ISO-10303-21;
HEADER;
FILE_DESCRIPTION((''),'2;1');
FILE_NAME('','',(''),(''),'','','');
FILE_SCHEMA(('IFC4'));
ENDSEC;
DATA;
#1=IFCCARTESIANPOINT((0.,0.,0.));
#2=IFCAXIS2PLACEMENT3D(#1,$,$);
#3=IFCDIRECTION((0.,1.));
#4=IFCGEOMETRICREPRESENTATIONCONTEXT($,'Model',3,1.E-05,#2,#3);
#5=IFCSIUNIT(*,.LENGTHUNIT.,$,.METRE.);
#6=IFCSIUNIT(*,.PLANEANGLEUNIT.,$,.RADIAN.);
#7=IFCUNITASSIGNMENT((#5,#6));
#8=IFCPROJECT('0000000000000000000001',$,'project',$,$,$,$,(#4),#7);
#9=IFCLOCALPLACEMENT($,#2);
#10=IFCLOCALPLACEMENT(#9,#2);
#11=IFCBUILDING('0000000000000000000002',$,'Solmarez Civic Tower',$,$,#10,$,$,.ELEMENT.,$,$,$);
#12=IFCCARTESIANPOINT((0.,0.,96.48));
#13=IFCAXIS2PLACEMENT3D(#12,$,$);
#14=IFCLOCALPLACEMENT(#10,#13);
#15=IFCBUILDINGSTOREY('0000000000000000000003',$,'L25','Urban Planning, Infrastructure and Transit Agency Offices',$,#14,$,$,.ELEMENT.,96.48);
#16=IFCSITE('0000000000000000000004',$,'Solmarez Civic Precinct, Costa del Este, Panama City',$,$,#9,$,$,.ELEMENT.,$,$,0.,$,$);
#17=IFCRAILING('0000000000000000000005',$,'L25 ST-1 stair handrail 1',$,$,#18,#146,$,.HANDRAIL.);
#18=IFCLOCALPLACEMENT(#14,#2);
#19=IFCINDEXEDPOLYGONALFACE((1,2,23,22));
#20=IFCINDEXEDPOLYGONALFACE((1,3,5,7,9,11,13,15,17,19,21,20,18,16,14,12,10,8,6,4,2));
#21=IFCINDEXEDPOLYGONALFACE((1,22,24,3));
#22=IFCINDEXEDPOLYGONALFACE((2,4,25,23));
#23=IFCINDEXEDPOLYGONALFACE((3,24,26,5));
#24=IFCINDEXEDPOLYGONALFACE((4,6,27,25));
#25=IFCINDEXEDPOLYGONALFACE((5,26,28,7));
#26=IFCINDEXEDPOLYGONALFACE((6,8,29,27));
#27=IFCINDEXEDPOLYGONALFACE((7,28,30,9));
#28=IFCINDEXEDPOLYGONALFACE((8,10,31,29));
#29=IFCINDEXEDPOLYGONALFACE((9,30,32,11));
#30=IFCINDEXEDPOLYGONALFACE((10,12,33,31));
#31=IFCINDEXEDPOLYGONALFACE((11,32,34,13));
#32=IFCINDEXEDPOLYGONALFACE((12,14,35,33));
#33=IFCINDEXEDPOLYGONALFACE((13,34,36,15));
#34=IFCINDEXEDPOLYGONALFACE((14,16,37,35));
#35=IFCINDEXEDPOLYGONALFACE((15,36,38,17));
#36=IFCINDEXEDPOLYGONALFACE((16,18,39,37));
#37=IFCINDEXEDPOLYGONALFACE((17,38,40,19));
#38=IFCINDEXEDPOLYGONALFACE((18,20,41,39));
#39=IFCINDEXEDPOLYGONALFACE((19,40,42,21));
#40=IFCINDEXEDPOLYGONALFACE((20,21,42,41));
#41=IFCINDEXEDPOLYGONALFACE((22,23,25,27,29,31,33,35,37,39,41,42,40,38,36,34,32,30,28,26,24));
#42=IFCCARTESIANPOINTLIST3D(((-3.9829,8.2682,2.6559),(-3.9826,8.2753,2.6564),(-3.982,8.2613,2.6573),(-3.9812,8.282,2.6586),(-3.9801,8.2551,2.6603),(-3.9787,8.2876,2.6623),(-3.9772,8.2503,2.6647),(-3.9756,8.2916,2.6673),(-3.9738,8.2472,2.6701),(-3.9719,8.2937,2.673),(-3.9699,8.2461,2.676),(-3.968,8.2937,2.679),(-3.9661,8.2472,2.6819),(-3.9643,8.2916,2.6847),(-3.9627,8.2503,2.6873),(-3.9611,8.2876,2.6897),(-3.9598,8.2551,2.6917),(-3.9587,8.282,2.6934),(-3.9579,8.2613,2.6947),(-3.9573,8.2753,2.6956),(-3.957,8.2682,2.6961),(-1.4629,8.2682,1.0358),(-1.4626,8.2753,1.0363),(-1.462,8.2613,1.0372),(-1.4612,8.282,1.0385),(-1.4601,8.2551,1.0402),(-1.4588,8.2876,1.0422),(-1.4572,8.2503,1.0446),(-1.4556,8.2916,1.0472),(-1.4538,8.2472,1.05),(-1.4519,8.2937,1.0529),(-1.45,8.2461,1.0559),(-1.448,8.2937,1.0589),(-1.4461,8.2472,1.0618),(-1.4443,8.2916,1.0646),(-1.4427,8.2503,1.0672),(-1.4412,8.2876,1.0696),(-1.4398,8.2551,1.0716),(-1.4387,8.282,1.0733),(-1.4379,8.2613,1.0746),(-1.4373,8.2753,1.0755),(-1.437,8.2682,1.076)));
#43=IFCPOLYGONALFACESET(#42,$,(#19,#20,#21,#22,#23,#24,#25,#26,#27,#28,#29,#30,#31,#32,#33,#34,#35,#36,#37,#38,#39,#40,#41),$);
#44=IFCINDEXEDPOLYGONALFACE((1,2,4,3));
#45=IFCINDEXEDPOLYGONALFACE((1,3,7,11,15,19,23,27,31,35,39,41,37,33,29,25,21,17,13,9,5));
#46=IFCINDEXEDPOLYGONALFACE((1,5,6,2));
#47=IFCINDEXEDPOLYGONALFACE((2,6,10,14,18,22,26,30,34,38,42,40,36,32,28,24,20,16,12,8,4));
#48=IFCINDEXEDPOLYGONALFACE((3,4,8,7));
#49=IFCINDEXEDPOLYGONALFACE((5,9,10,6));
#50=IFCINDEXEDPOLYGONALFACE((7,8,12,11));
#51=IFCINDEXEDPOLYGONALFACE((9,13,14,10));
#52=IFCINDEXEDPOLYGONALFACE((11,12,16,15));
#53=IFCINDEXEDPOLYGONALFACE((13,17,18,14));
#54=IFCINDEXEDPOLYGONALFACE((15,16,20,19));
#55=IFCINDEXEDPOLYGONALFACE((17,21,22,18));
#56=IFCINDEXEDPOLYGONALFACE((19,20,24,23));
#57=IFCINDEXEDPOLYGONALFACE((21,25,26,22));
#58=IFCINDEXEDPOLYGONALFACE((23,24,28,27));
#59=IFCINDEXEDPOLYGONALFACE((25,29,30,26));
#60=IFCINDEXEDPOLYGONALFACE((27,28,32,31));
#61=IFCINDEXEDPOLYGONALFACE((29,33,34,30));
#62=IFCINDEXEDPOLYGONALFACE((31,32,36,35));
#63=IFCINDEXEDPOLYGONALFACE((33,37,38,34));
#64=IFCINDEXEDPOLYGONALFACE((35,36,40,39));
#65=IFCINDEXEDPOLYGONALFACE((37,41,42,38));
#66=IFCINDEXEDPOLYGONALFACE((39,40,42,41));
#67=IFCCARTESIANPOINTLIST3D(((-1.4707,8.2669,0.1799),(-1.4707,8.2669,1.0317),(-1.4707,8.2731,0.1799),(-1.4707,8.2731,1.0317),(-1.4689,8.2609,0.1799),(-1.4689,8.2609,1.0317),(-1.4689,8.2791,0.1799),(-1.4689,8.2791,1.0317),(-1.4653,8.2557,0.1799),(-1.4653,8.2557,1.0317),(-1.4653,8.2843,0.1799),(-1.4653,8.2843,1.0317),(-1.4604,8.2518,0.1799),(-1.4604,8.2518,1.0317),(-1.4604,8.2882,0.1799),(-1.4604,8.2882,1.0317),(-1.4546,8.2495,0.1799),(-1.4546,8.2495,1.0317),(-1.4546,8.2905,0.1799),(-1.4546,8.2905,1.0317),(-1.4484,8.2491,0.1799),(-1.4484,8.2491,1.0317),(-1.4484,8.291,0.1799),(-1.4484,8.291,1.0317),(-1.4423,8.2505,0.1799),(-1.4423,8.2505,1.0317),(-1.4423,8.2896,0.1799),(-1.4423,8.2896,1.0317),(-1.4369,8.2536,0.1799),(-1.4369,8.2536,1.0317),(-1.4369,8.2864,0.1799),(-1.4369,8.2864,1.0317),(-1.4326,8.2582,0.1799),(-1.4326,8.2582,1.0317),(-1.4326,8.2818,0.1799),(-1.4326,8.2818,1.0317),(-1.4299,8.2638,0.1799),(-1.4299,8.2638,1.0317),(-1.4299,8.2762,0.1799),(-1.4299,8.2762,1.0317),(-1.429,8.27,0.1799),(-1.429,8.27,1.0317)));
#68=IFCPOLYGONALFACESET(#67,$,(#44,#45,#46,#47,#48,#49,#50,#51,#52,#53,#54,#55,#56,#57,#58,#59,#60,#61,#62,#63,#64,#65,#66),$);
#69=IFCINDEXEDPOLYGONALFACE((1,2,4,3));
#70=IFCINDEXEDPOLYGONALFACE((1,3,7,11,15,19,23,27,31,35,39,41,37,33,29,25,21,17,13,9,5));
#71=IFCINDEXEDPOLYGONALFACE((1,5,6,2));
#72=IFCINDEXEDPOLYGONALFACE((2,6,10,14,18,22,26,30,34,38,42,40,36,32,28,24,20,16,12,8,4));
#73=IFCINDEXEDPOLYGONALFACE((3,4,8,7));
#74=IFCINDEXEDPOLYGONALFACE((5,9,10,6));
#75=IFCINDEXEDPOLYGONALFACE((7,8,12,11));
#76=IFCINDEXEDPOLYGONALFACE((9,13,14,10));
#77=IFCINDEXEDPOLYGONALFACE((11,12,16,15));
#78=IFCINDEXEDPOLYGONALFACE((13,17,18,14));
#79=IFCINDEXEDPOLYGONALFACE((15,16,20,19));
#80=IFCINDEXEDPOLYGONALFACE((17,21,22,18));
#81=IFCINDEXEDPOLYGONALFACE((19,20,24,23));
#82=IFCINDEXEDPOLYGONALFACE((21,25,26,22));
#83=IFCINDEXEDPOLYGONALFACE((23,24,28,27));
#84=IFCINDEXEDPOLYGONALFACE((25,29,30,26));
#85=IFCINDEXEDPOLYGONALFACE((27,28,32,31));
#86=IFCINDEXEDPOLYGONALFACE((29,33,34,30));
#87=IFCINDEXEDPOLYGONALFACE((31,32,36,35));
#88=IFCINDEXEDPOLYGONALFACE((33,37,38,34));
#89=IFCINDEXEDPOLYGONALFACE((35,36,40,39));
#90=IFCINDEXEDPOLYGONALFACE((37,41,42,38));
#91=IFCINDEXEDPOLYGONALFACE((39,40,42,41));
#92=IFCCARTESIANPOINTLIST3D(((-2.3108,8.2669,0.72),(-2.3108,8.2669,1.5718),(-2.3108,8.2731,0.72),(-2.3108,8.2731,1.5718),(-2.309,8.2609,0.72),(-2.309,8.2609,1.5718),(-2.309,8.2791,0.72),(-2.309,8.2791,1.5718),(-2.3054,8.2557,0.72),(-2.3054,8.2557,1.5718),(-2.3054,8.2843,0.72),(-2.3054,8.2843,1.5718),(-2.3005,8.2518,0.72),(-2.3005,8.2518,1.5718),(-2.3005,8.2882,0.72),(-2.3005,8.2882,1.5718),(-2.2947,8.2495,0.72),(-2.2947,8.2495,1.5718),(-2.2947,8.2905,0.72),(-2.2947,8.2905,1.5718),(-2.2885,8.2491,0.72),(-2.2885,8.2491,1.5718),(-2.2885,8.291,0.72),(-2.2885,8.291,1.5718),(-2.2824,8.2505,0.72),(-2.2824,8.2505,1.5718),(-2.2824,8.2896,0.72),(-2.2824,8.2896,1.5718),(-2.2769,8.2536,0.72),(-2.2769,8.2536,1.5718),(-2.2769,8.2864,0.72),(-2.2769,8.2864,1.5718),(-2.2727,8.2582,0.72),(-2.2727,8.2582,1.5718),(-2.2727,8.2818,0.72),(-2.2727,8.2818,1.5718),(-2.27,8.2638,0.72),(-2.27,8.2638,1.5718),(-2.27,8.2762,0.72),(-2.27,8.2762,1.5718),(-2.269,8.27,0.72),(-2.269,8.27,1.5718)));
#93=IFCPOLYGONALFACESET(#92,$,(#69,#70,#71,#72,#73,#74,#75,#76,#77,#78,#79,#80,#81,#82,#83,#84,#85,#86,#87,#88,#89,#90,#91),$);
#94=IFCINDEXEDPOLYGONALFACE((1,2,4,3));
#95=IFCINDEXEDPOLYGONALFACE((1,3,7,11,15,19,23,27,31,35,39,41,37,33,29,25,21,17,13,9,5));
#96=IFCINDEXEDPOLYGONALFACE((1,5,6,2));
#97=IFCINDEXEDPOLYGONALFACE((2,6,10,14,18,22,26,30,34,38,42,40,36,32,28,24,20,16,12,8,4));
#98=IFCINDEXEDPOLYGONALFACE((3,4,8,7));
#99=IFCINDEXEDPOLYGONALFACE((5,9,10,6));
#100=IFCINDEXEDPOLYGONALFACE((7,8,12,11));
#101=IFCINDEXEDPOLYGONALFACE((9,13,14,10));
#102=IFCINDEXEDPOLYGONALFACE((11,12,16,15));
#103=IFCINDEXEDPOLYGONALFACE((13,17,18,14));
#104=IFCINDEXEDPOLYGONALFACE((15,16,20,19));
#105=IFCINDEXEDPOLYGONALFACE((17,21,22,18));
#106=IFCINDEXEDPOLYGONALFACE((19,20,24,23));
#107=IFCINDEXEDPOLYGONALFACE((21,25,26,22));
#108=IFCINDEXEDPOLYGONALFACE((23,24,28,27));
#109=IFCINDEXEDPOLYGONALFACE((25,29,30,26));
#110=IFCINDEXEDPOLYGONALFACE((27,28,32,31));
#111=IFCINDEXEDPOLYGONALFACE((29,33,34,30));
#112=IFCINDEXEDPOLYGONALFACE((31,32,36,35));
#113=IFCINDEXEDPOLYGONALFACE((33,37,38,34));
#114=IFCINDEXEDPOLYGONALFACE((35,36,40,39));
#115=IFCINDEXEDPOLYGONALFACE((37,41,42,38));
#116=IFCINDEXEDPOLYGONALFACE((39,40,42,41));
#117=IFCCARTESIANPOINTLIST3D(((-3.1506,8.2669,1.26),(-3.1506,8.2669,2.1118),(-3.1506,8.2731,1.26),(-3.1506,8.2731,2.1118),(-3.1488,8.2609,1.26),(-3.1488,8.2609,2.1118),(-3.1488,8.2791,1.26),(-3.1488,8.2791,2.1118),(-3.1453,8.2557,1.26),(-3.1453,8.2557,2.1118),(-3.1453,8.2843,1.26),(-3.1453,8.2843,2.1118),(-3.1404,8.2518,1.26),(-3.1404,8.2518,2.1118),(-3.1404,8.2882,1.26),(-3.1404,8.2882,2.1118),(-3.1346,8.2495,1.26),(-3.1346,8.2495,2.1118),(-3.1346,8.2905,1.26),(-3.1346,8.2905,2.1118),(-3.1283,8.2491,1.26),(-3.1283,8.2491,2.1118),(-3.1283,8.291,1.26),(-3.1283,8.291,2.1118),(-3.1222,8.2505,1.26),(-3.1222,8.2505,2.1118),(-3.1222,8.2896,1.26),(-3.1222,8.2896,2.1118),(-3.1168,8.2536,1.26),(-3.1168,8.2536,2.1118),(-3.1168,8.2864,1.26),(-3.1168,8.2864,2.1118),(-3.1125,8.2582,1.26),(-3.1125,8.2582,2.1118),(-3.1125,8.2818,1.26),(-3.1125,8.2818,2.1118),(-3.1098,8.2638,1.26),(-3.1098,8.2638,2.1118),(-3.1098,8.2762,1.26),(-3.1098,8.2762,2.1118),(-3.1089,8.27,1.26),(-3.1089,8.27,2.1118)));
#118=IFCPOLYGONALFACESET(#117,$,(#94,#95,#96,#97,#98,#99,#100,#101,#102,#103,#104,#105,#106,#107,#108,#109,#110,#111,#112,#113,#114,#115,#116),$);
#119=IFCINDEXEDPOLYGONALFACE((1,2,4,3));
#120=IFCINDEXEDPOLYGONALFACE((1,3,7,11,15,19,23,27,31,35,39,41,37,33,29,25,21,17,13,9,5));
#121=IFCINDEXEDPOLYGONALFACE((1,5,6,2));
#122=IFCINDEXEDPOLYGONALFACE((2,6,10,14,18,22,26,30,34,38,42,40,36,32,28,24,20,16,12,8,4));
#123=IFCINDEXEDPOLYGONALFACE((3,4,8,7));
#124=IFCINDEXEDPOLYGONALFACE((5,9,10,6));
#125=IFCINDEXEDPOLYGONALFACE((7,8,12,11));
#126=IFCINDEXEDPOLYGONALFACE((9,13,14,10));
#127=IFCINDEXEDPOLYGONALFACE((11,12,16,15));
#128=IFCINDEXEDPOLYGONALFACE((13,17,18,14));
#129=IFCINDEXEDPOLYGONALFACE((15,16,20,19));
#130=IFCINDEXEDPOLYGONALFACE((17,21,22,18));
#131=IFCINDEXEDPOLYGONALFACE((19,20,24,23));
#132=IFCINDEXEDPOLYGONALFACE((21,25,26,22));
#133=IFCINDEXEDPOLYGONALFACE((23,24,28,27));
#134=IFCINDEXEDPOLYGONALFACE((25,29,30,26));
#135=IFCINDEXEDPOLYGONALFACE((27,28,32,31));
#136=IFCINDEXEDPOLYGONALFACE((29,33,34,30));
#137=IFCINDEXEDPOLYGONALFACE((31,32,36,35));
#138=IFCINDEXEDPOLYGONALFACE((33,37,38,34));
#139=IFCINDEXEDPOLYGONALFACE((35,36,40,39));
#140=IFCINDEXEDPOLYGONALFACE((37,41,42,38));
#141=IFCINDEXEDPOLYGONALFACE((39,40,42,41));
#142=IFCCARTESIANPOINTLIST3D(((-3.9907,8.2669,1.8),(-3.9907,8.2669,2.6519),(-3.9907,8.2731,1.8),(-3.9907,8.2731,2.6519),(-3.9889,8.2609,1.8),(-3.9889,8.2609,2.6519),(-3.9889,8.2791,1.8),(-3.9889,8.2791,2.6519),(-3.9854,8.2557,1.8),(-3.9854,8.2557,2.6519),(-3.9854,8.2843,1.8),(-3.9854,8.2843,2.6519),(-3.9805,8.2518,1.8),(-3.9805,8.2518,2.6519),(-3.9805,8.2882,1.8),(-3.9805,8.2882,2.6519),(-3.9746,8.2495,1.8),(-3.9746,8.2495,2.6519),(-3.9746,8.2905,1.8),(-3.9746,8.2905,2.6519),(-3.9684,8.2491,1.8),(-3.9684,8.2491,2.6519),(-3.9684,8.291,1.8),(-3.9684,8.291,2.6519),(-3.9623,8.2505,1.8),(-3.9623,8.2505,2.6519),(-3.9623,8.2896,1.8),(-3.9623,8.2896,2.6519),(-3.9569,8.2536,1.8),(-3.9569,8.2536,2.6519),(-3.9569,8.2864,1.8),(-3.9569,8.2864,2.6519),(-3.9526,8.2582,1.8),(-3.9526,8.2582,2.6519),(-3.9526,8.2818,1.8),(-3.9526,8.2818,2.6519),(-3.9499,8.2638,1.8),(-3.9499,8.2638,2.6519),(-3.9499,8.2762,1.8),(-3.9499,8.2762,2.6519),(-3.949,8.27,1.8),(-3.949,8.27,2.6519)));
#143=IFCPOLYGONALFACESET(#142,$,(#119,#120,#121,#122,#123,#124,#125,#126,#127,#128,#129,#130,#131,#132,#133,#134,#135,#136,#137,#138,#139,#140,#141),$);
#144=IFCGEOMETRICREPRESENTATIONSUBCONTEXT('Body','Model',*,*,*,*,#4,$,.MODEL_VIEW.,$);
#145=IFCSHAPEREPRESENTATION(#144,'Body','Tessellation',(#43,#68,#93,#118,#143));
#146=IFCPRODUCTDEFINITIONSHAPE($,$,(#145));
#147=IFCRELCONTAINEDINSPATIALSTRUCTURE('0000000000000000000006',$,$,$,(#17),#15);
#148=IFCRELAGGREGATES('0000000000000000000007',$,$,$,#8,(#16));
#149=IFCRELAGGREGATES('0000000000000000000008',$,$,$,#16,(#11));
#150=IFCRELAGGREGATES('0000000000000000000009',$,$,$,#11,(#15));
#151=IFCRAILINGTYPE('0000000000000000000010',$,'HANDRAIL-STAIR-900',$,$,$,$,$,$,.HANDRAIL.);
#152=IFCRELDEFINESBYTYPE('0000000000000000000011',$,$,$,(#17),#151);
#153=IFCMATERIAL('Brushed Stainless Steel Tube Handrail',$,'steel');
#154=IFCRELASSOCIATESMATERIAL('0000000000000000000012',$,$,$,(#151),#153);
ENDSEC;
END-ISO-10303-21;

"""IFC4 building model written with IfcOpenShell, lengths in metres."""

from ifc_helpers import new_model, si_unit, direction, frame, origin, origin_2d, place, context, subcontext, project, spatial, circle, extrude, material, type_object, element, save


model = new_model("IFC4")

# Units and contexts
model_context = context("Model", 3, precision=1e-05, world=origin(), true_north=direction((0.0, 1.0)))
body_context = subcontext(model_context, "Body", "Model", "MODEL_VIEW")
ifc_project = project(units=[si_unit("LENGTHUNIT", "METRE"), si_unit("PLANEANGLEUNIT", "RADIAN")], contexts=[model_context])

# Site, building, storey
site_placement = place(None, origin())
site = spatial("IfcSite", under=ifc_project, at=site_placement, Name="Solmarez Civic Precinct, Costa del Este, Panama City", CompositionType="ELEMENT", RefElevation=0.0)
building_placement = place(site_placement, origin())
building = spatial("IfcBuilding", under=site, at=building_placement, Name="Solmarez Civic Tower", CompositionType="ELEMENT")
storey_placement = place(building_placement, frame((0.0, 0.0, 96.48)))
storey = spatial("IfcBuildingStorey", under=building, at=storey_placement, Name="L25", Description="Urban Planning, Infrastructure and Transit Agency Offices", CompositionType="ELEMENT", Elevation=96.48)

# Railing
ifc_material_1 = material(Name="Brushed Stainless Steel Tube Handrail", Category="steel")
railing_type_1 = type_object("IfcRailingType", Name="HANDRAIL-STAIR-900", PredefinedType="HANDRAIL", material=ifc_material_1)
railing_1_placement = place(storey_placement, frame((-1.45, 8.27, 0.1799)))
element("IfcRailing", 1, at=railing_1_placement, inside=storey, type_object=railing_type_1, Name="L25 ST-1 stair handrail 1", PredefinedType="HANDRAIL", context=body_context, shape_type="SweptSolid", body=[
    extrude(circle(Radius=0.0239, at=origin_2d()), frame((0.0, 0.0, 0.876), z_axis=(-0.841163, 0.0, 0.540782), x_axis=(0.0, -1.0, 0.0)), (0.0, 0.0, 1.0), 2.9958),
    extrude(circle(Radius=0.021, at=origin_2d()), origin(), (0.0, 0.0, 1.0), 0.8518),
    extrude(circle(Radius=0.021, at=origin_2d()), frame((-0.8401, 0.0, 0.54)), (0.0, 0.0, 1.0), 0.8518),
    extrude(circle(Radius=0.021, at=origin_2d()), frame((-1.6799, 0.0, 1.0801)), (0.0, 0.0, 1.0), 0.8518),
    extrude(circle(Radius=0.021, at=origin_2d()), frame((-2.52, 0.0, 1.6201)), (0.0, 0.0, 1.0), 0.8518),
])

save(model, "model.ifc")
